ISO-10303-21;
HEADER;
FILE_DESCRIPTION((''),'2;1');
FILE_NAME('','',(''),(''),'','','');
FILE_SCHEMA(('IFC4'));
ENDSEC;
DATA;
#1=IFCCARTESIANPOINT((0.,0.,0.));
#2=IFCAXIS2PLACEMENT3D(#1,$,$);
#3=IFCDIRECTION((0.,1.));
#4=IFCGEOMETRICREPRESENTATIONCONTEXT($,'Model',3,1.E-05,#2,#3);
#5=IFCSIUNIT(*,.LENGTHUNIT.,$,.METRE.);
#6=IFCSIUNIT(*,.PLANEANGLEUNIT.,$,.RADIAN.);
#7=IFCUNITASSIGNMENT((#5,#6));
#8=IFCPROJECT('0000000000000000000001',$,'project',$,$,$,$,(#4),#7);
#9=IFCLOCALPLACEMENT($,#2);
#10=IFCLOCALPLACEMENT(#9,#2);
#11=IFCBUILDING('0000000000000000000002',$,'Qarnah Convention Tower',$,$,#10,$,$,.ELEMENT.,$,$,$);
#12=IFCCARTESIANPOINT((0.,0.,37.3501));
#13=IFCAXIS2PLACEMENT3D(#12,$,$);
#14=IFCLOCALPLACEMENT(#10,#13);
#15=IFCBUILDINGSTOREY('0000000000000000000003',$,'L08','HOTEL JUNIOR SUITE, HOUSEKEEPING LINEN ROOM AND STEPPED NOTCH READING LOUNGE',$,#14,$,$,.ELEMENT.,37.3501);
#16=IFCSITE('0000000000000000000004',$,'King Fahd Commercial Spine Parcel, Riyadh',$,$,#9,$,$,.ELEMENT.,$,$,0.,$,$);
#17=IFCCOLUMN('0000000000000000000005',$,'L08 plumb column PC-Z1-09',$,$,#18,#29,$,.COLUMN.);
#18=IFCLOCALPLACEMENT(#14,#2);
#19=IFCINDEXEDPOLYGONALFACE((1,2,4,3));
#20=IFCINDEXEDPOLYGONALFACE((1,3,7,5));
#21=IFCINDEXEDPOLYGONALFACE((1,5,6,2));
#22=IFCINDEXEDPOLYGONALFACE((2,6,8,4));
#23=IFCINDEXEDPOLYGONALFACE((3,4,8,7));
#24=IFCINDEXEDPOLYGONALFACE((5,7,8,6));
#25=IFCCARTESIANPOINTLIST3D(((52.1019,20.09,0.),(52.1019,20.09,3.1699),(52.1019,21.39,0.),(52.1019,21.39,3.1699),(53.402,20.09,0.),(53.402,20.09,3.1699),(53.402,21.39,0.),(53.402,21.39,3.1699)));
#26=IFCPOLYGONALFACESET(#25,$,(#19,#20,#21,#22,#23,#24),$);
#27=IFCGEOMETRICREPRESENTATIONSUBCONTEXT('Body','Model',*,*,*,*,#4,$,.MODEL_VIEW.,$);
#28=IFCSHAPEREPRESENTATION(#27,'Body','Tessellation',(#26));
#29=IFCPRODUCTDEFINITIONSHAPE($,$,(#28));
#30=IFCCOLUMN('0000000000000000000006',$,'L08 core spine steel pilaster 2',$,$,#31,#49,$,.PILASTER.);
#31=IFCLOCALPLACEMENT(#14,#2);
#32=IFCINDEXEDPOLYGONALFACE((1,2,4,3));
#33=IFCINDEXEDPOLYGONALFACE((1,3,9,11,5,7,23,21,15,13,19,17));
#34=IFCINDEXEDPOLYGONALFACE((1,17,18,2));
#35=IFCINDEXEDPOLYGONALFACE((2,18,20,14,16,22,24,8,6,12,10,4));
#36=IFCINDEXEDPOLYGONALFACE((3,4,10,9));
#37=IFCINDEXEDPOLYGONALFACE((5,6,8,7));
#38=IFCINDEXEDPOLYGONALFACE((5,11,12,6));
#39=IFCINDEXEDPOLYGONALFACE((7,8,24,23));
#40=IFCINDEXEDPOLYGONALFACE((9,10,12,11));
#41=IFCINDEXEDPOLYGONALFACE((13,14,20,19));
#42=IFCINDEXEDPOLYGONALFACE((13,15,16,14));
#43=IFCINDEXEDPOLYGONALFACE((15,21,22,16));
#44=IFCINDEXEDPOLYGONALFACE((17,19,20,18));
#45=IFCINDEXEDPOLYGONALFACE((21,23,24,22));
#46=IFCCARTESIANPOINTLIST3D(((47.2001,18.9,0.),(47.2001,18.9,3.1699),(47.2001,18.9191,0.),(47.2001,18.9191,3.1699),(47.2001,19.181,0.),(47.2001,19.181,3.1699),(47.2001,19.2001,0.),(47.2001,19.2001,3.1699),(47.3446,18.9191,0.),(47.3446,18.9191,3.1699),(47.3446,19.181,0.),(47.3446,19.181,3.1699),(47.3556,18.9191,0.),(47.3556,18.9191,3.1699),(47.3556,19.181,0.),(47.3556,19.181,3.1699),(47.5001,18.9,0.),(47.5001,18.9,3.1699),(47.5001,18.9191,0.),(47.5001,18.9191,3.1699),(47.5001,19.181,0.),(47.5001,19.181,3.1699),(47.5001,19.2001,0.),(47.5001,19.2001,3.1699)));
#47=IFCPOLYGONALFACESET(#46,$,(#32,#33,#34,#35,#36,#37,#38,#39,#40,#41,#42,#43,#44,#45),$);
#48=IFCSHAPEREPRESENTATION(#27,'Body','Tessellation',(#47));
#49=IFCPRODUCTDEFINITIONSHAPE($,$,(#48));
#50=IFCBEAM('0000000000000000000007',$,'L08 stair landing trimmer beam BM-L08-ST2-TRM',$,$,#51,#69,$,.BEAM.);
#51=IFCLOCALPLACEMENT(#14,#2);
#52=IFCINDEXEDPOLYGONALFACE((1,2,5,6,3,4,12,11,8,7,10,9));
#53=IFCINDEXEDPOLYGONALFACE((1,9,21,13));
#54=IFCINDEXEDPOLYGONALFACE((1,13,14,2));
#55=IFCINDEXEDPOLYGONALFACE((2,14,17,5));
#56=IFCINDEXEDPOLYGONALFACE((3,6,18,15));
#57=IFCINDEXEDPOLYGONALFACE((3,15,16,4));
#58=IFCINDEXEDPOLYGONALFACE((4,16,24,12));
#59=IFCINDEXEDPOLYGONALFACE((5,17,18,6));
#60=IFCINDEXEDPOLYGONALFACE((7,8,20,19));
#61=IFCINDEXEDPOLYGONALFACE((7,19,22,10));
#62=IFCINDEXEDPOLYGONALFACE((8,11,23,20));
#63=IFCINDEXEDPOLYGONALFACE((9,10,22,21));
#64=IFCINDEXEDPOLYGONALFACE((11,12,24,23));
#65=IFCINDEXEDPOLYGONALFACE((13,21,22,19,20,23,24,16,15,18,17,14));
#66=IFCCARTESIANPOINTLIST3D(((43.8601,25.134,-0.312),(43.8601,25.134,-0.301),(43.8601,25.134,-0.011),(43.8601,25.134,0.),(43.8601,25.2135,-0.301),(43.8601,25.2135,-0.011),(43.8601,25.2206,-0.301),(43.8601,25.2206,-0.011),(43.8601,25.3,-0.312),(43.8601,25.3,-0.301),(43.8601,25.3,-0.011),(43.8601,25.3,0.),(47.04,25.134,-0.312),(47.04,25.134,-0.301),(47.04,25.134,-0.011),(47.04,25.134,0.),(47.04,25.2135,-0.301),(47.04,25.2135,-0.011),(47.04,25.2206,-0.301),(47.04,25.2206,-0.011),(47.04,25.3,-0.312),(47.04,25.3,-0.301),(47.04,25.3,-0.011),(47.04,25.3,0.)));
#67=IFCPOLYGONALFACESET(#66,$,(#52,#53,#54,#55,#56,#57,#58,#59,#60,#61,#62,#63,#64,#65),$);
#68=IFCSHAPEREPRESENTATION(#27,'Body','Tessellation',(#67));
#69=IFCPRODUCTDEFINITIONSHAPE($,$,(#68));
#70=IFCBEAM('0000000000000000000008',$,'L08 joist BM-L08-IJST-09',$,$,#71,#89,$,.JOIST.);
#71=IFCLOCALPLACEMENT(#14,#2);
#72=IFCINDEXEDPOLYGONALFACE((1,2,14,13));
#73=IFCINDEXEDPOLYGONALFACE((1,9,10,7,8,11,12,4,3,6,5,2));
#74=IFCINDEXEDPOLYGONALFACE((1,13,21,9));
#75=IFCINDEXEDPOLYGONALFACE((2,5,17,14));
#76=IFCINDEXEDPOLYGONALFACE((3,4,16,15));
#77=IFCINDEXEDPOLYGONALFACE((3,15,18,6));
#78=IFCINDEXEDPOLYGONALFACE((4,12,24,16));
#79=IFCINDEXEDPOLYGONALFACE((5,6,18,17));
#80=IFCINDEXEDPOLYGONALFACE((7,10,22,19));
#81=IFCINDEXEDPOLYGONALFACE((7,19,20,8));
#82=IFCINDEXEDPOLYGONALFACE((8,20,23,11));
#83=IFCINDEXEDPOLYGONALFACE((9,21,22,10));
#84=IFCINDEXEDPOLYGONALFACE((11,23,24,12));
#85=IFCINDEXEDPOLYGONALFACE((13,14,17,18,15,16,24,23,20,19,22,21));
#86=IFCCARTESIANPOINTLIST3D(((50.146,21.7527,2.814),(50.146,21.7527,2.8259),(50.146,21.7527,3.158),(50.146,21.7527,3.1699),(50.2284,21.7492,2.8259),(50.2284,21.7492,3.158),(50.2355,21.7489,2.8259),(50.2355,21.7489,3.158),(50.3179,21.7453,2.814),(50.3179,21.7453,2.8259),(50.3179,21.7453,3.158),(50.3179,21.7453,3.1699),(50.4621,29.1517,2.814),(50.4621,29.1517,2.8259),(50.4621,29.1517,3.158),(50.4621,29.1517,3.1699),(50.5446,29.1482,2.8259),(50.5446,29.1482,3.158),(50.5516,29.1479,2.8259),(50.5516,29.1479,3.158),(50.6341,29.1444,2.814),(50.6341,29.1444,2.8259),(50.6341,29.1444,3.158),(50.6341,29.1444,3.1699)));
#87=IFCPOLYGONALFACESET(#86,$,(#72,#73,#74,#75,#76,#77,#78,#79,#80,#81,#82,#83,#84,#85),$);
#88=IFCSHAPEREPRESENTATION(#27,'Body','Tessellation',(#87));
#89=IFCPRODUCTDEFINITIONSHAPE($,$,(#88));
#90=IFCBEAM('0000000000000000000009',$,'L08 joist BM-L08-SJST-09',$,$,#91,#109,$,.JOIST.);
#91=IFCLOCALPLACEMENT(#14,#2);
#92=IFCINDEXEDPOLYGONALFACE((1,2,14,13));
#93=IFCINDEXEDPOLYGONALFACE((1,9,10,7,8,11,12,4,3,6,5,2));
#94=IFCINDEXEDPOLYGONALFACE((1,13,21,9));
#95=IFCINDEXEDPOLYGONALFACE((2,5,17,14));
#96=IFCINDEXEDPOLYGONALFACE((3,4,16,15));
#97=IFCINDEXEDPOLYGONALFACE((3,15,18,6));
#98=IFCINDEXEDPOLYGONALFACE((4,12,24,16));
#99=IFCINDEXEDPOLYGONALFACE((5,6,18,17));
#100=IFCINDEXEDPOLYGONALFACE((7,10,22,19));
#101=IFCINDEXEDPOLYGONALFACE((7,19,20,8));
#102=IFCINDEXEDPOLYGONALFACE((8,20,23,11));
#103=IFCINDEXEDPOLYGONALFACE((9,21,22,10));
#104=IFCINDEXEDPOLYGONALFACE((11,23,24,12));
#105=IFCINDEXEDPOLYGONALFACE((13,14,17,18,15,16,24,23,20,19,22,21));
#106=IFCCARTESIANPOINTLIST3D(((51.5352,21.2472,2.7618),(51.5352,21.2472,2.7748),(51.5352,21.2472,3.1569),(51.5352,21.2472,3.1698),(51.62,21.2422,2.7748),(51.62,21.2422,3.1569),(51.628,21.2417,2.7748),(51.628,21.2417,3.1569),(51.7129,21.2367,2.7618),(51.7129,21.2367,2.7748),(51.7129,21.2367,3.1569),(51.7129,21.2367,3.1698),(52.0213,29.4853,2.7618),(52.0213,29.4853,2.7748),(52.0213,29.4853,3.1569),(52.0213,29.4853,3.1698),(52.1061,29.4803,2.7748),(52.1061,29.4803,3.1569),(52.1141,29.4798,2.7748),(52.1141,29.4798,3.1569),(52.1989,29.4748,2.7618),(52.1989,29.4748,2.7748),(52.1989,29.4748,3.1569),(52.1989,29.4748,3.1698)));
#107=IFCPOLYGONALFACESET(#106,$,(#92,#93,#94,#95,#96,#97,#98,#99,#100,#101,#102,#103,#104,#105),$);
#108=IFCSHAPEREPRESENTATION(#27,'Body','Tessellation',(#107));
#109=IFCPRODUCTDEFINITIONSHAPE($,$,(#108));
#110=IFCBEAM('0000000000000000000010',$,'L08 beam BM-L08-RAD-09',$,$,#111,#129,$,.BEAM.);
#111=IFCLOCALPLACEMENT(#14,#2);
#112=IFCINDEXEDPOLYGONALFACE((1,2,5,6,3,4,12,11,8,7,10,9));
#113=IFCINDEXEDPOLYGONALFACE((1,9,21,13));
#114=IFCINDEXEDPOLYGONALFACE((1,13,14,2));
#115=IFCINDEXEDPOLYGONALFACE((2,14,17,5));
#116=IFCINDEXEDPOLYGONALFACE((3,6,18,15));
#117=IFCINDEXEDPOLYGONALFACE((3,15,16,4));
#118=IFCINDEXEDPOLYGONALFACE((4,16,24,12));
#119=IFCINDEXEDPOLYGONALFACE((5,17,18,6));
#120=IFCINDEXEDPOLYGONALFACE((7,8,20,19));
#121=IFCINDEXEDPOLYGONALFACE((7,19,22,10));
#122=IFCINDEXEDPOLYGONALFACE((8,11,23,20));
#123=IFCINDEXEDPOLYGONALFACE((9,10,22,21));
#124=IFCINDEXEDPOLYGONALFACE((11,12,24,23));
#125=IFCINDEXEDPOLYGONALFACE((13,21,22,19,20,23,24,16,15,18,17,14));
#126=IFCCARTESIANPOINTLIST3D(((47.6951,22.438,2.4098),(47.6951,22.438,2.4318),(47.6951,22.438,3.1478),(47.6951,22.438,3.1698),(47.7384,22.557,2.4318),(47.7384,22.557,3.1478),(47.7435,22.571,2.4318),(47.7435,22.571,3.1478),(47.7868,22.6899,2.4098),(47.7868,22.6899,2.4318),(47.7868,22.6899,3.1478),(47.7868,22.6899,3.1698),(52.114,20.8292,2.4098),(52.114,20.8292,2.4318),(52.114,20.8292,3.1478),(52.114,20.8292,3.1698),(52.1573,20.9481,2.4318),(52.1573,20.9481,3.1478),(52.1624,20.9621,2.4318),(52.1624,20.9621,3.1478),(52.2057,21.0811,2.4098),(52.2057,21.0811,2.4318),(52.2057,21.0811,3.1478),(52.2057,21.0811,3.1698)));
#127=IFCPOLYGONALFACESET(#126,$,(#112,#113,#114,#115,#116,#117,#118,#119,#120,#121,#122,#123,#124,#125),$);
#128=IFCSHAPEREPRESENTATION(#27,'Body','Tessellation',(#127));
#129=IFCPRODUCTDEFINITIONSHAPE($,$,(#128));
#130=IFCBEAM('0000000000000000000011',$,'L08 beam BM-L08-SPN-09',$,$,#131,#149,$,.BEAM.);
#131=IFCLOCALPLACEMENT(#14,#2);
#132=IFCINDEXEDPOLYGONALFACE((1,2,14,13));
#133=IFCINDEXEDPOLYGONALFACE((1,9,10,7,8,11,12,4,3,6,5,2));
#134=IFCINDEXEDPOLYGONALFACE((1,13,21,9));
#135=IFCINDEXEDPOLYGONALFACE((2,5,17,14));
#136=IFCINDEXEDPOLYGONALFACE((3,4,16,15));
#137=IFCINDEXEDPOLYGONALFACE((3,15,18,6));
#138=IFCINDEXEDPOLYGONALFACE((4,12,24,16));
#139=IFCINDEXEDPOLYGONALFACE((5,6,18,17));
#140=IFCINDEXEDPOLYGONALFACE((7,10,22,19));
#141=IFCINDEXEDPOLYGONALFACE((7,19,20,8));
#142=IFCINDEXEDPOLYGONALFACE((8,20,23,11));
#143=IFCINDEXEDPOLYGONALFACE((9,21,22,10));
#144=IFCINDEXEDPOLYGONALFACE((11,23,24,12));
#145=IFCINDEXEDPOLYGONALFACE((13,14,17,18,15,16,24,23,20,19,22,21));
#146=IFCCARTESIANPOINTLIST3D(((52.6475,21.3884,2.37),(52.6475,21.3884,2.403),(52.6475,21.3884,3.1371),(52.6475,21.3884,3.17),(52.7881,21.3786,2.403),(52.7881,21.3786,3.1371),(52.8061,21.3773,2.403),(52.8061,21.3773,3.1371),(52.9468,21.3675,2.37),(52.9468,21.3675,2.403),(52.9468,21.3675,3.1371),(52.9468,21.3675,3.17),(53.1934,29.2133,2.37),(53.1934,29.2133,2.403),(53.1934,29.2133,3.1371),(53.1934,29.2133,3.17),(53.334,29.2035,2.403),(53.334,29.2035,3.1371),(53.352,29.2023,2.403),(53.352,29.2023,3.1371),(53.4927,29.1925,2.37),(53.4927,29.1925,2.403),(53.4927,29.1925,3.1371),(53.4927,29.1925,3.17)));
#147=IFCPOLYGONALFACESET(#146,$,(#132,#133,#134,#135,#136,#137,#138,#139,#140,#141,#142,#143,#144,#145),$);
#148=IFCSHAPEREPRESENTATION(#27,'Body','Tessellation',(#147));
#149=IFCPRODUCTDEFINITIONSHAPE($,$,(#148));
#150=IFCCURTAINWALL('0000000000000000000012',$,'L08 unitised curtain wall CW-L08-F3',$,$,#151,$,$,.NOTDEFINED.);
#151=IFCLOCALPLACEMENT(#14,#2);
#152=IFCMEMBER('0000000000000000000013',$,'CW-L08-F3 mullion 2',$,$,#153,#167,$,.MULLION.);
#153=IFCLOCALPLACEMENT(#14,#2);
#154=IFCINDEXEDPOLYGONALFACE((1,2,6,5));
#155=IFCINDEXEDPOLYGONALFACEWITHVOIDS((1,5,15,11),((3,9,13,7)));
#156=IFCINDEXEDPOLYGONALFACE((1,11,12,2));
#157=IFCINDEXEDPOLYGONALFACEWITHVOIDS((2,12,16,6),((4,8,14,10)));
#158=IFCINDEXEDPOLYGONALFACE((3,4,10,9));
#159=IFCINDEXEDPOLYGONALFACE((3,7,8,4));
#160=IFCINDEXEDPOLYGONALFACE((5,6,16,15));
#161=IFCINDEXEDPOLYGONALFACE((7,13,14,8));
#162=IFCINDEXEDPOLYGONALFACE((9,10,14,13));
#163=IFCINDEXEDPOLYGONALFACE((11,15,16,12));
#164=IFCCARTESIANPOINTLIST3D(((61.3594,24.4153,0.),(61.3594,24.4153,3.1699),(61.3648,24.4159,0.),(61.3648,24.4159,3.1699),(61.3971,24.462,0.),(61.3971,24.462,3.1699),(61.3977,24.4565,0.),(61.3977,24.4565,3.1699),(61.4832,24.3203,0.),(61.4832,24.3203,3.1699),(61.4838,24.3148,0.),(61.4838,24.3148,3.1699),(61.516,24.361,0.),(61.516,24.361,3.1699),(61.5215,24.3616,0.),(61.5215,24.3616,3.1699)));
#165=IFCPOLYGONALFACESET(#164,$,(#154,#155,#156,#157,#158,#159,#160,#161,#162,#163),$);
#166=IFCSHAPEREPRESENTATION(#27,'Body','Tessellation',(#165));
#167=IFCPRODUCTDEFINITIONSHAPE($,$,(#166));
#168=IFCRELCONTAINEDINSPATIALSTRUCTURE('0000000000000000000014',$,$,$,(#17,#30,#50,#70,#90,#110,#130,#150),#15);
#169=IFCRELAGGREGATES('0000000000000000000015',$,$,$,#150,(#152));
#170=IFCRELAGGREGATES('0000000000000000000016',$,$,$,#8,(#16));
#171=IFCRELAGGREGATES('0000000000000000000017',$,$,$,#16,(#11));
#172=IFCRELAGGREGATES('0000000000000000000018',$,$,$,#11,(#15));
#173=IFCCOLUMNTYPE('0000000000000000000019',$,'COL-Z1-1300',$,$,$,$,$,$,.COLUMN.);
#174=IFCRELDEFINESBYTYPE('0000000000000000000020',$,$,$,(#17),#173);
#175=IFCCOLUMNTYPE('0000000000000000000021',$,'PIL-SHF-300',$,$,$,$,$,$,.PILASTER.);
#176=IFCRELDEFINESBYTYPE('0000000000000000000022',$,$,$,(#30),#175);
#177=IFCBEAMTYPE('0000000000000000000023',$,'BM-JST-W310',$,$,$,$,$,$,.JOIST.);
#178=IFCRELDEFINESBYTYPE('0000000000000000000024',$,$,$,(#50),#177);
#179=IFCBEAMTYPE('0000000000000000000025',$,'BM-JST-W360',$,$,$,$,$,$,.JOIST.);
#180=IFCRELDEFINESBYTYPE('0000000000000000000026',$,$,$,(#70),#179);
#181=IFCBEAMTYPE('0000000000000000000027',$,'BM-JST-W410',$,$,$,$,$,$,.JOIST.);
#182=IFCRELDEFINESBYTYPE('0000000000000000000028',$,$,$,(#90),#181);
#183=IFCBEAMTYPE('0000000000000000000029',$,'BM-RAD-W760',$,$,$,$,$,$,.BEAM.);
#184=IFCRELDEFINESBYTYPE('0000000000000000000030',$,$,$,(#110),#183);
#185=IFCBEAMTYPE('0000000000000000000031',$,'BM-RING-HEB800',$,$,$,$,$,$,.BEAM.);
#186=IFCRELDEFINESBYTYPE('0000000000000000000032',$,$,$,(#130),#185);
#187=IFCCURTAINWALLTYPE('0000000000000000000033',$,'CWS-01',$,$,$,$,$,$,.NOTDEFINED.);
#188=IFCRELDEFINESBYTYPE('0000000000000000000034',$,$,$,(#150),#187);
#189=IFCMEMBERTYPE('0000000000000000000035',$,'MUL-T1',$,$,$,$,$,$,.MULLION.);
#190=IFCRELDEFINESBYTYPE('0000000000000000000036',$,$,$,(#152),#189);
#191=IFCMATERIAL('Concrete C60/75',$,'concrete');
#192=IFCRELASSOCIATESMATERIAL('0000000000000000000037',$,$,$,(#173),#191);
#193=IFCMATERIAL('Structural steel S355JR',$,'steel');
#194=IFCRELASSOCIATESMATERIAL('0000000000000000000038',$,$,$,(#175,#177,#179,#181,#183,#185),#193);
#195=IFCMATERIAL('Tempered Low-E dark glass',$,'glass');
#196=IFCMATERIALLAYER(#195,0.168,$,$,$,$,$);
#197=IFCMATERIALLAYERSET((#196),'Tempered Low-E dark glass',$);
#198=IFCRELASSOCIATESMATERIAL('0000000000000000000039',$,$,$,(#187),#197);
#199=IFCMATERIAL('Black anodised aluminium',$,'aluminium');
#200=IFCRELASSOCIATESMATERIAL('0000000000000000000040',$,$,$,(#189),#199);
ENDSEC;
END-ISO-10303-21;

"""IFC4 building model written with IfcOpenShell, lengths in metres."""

from ifc_helpers import new_model, si_unit, direction, frame, origin, origin_2d, place, context, subcontext, project, spatial, rectangle, hollow_rectangle, i_section, extrude, material, layer, layer_set, material_profile, profile_set, type_object, element, aggregate, save


model = new_model("IFC4")

# Units and contexts
model_context = context("Model", 3, precision=1e-05, world=origin(), true_north=direction((0.0, 1.0)))
body_context = subcontext(model_context, "Body", "Model", "MODEL_VIEW")
ifc_project = project(units=[si_unit("LENGTHUNIT", "METRE"), si_unit("PLANEANGLEUNIT", "RADIAN")], contexts=[model_context])

# Site, building, storey
site_placement = place(None, origin())
site = spatial("IfcSite", under=ifc_project, at=site_placement, Name="King Fahd Commercial Spine Parcel, Riyadh", CompositionType="ELEMENT", RefElevation=0.0)
building_placement = place(site_placement, origin())
building = spatial("IfcBuilding", under=site, at=building_placement, Name="Qarnah Convention Tower", CompositionType="ELEMENT")
storey_placement = place(building_placement, frame((0.0, 0.0, 37.3501)))
storey = spatial("IfcBuildingStorey", under=building, at=storey_placement, Name="L08", Description="HOTEL JUNIOR SUITE, HOUSEKEEPING LINEN ROOM AND STEPPED NOTCH READING LOUNGE", CompositionType="ELEMENT", Elevation=37.3501)

# Columns
ifc_material_1 = material(Name="Concrete C60/75", Category="concrete")
ifc_material_profile_1 = material_profile(ifc_material_1, rectangle(XDim=1.3, YDim=1.3, at=origin_2d()), Name="RC-COL-1300X1300")
ifc_profile_set_1 = profile_set([ifc_material_profile_1], Name="Concrete C60/75")
column_type_1 = type_object("IfcColumnType", Name="COL-Z1-1300", PredefinedType="COLUMN", material=ifc_profile_set_1)
column_1_placement = place(storey_placement, frame((52.752, 20.74, 0.0), z_axis=(0.0, 0.0, 1.0), x_axis=(1.0, 0.0, 0.0)))
element("IfcColumn", 1, at=column_1_placement, inside=storey, type_object=column_type_1, Name="L08 plumb column PC-Z1-09", PredefinedType="COLUMN", context=body_context, shape_type="SweptSolid", body=[
    extrude(rectangle(XDim=1.3, YDim=1.3, at=origin_2d()), origin(), (0.0, 0.0, 1.0), 3.1699),
])
ifc_material_2 = material(Name="Structural steel S355JR", Category="steel")
ifc_material_profile_2 = material_profile(ifc_material_2, i_section(OverallWidth=0.3, OverallDepth=0.3, WebThickness=0.011, FlangeThickness=0.019, at=origin_2d()), Name="HEB300")
ifc_profile_set_2 = profile_set([ifc_material_profile_2], Name="Structural steel S355JR")
column_type_2 = type_object("IfcColumnType", Name="PIL-SHF-300", PredefinedType="PILASTER", material=ifc_profile_set_2)
column_2_placement = place(storey_placement, frame((47.3501, 19.05, 0.0), z_axis=(0.0, 0.0, 1.0), x_axis=(1.0, 0.0, 0.0)))
element("IfcColumn", 2, at=column_2_placement, inside=storey, type_object=column_type_2, Name="L08 core spine steel pilaster 2", PredefinedType="PILASTER", context=body_context, shape_type="SweptSolid", body=[
    extrude(i_section(OverallWidth=0.3, OverallDepth=0.3, WebThickness=0.011, FlangeThickness=0.019, at=origin_2d()), origin(), (0.0, 0.0, 1.0), 3.1699),
])

# Beams
ifc_material_profile_3 = material_profile(ifc_material_2, i_section(OverallWidth=0.166, OverallDepth=0.312, WebThickness=0.0071, FlangeThickness=0.011, at=origin_2d()), Name="W310X45")
ifc_profile_set_3 = profile_set([ifc_material_profile_3], Name="Structural steel S355JR")
beam_type_1 = type_object("IfcBeamType", Name="BM-JST-W310", PredefinedType="JOIST", material=ifc_profile_set_3)
beam_1_placement = place(storey_placement, frame((43.8601, 25.217, -0.156), z_axis=(1.0, 0.0, 0.0), x_axis=(0.0, 1.0, 0.0)))
element("IfcBeam", 3, at=beam_1_placement, inside=storey, type_object=beam_type_1, Name="L08 stair landing trimmer beam BM-L08-ST2-TRM", PredefinedType="BEAM", context=body_context, shape_type="SweptSolid", body=[
    extrude(i_section(OverallWidth=0.166, OverallDepth=0.312, WebThickness=0.0071, FlangeThickness=0.011, at=origin_2d()), origin(), (0.0, 0.0, 1.0), 3.1799),
])
ifc_material_profile_4 = material_profile(ifc_material_2, i_section(OverallWidth=0.1721, OverallDepth=0.356, WebThickness=0.0071, FlangeThickness=0.012, at=origin_2d()), Name="W360X51")
ifc_profile_set_4 = profile_set([ifc_material_profile_4], Name="Structural steel S355JR")
beam_type_2 = type_object("IfcBeamType", Name="BM-JST-W360", PredefinedType="JOIST", material=ifc_profile_set_4)
beam_2_placement = place(storey_placement, frame((50.2319, 21.749, 2.9919), z_axis=(0.042692, 0.999088, 0.0), x_axis=(-0.999088, 0.042692, 0.0)))
element("IfcBeam", 4, at=beam_2_placement, inside=storey, type_object=beam_type_2, Name="L08 joist BM-L08-IJST-09", PredefinedType="JOIST", context=body_context, shape_type="SweptSolid", body=[
    extrude(i_section(OverallWidth=0.1721, OverallDepth=0.356, WebThickness=0.0071, FlangeThickness=0.012, at=origin_2d()), origin(), (0.0, 0.0, 1.0), 7.4058),
])
ifc_material_profile_5 = material_profile(ifc_material_2, i_section(OverallWidth=0.178, OverallDepth=0.408, WebThickness=0.0081, FlangeThickness=0.0129, at=origin_2d()), Name="W410X60")
ifc_profile_set_5 = profile_set([ifc_material_profile_5], Name="Structural steel S355JR")
beam_type_3 = type_object("IfcBeamType", Name="BM-JST-W410", PredefinedType="JOIST", material=ifc_profile_set_5)
beam_3_placement = place(storey_placement, frame((51.624, 21.2419, 2.9658), z_axis=(0.058902, 0.998264, 0.0), x_axis=(-0.998264, 0.058902, 0.0)))
element("IfcBeam", 5, at=beam_3_placement, inside=storey, type_object=beam_type_3, Name="L08 joist BM-L08-SJST-09", PredefinedType="JOIST", context=body_context, shape_type="SweptSolid", body=[
    extrude(i_section(OverallWidth=0.178, OverallDepth=0.408, WebThickness=0.0081, FlangeThickness=0.0129, at=origin_2d()), origin(), (0.0, 0.0, 1.0), 8.2524),
])
ifc_material_profile_6 = material_profile(ifc_material_2, i_section(OverallWidth=0.2681, OverallDepth=0.76, WebThickness=0.0149, FlangeThickness=0.022, at=origin_2d()), Name="W760X185")
ifc_profile_set_6 = profile_set([ifc_material_profile_6], Name="Structural steel S355JR")
beam_type_4 = type_object("IfcBeamType", Name="BM-RAD-W760", PredefinedType="BEAM", material=ifc_profile_set_6)
beam_4_placement = place(storey_placement, frame((47.741, 22.564, 2.7898), z_axis=(0.939657, -0.342118, 0.0), x_axis=(0.342118, 0.939657, 0.0)))
element("IfcBeam", 6, at=beam_4_placement, inside=storey, type_object=beam_type_4, Name="L08 beam BM-L08-RAD-09", PredefinedType="BEAM", context=body_context, shape_type="SweptSolid", body=[
    extrude(i_section(OverallWidth=0.2681, OverallDepth=0.76, WebThickness=0.0149, FlangeThickness=0.022, at=origin_2d()), origin(), (0.0, 0.0, 1.0), 4.7026),
])
ifc_material_profile_7 = material_profile(ifc_material_2, i_section(OverallWidth=0.3, OverallDepth=0.8, WebThickness=0.0181, FlangeThickness=0.033, at=origin_2d()), Name="HEB800")
ifc_profile_set_7 = profile_set([ifc_material_profile_7], Name="Structural steel S355JR")
beam_type_5 = type_object("IfcBeamType", Name="BM-RING-HEB800", PredefinedType="BEAM", material=ifc_profile_set_7)
beam_5_placement = place(storey_placement, frame((52.7971, 21.3779, 2.77), z_axis=(0.069595, 0.997575, 0.0), x_axis=(-0.997575, 0.069595, 0.0)))
element("IfcBeam", 7, at=beam_5_placement, inside=storey, type_object=beam_type_5, Name="L08 beam BM-L08-SPN-09", PredefinedType="BEAM", context=body_context, shape_type="SweptSolid", body=[
    extrude(i_section(OverallWidth=0.3, OverallDepth=0.8, WebThickness=0.0181, FlangeThickness=0.033, at=origin_2d()), origin(), (0.0, 0.0, 1.0), 7.844),
])

# Curtain wall, member
ifc_material_3 = material(Name="Tempered Low-E dark glass", Category="glass")
ifc_layer_1 = layer(ifc_material_3, 0.168)
ifc_layer_set_1 = layer_set([ifc_layer_1], Name="Tempered Low-E dark glass")
curtain_wall_type = type_object("IfcCurtainWallType", Name="CWS-01", PredefinedType="NOTDEFINED", material=ifc_layer_set_1)
curtain_wall_placement = place(storey_placement, origin())
curtain_wall = element("IfcCurtainWall", 8, at=curtain_wall_placement, inside=storey, type_object=curtain_wall_type, Name="L08 unitised curtain wall CW-L08-F3", PredefinedType="NOTDEFINED")
ifc_material_4 = material(Name="Black anodised aluminium", Category="aluminium")
ifc_material_profile_8 = material_profile(ifc_material_4, hollow_rectangle(XDim=0.0601, YDim=0.1599, WallThickness=0.0039, at=origin_2d()), Name="MUL-60X160")
ifc_profile_set_8 = profile_set([ifc_material_profile_8], Name="Black anodised aluminium")
member_type = type_object("IfcMemberType", Name="MUL-T1", PredefinedType="MULLION", material=ifc_profile_set_8)
member_1_placement = place(storey_placement, frame((61.4404, 24.3884, 0.0), z_axis=(0.0, 0.0, 1.0), x_axis=(-0.628143, -0.778098, 0.0)))
member_1 = element("IfcMember", 9, at=member_1_placement, type_object=member_type, Name="CW-L08-F3 mullion 2", PredefinedType="MULLION", context=body_context, shape_type="SweptSolid", body=[
    extrude(hollow_rectangle(XDim=0.0601, YDim=0.1599, WallThickness=0.0039, at=origin_2d()), origin(), (0.0, 0.0, 1.0), 3.1699),
])
aggregate(curtain_wall, [member_1])

save(model, "model.ifc")
